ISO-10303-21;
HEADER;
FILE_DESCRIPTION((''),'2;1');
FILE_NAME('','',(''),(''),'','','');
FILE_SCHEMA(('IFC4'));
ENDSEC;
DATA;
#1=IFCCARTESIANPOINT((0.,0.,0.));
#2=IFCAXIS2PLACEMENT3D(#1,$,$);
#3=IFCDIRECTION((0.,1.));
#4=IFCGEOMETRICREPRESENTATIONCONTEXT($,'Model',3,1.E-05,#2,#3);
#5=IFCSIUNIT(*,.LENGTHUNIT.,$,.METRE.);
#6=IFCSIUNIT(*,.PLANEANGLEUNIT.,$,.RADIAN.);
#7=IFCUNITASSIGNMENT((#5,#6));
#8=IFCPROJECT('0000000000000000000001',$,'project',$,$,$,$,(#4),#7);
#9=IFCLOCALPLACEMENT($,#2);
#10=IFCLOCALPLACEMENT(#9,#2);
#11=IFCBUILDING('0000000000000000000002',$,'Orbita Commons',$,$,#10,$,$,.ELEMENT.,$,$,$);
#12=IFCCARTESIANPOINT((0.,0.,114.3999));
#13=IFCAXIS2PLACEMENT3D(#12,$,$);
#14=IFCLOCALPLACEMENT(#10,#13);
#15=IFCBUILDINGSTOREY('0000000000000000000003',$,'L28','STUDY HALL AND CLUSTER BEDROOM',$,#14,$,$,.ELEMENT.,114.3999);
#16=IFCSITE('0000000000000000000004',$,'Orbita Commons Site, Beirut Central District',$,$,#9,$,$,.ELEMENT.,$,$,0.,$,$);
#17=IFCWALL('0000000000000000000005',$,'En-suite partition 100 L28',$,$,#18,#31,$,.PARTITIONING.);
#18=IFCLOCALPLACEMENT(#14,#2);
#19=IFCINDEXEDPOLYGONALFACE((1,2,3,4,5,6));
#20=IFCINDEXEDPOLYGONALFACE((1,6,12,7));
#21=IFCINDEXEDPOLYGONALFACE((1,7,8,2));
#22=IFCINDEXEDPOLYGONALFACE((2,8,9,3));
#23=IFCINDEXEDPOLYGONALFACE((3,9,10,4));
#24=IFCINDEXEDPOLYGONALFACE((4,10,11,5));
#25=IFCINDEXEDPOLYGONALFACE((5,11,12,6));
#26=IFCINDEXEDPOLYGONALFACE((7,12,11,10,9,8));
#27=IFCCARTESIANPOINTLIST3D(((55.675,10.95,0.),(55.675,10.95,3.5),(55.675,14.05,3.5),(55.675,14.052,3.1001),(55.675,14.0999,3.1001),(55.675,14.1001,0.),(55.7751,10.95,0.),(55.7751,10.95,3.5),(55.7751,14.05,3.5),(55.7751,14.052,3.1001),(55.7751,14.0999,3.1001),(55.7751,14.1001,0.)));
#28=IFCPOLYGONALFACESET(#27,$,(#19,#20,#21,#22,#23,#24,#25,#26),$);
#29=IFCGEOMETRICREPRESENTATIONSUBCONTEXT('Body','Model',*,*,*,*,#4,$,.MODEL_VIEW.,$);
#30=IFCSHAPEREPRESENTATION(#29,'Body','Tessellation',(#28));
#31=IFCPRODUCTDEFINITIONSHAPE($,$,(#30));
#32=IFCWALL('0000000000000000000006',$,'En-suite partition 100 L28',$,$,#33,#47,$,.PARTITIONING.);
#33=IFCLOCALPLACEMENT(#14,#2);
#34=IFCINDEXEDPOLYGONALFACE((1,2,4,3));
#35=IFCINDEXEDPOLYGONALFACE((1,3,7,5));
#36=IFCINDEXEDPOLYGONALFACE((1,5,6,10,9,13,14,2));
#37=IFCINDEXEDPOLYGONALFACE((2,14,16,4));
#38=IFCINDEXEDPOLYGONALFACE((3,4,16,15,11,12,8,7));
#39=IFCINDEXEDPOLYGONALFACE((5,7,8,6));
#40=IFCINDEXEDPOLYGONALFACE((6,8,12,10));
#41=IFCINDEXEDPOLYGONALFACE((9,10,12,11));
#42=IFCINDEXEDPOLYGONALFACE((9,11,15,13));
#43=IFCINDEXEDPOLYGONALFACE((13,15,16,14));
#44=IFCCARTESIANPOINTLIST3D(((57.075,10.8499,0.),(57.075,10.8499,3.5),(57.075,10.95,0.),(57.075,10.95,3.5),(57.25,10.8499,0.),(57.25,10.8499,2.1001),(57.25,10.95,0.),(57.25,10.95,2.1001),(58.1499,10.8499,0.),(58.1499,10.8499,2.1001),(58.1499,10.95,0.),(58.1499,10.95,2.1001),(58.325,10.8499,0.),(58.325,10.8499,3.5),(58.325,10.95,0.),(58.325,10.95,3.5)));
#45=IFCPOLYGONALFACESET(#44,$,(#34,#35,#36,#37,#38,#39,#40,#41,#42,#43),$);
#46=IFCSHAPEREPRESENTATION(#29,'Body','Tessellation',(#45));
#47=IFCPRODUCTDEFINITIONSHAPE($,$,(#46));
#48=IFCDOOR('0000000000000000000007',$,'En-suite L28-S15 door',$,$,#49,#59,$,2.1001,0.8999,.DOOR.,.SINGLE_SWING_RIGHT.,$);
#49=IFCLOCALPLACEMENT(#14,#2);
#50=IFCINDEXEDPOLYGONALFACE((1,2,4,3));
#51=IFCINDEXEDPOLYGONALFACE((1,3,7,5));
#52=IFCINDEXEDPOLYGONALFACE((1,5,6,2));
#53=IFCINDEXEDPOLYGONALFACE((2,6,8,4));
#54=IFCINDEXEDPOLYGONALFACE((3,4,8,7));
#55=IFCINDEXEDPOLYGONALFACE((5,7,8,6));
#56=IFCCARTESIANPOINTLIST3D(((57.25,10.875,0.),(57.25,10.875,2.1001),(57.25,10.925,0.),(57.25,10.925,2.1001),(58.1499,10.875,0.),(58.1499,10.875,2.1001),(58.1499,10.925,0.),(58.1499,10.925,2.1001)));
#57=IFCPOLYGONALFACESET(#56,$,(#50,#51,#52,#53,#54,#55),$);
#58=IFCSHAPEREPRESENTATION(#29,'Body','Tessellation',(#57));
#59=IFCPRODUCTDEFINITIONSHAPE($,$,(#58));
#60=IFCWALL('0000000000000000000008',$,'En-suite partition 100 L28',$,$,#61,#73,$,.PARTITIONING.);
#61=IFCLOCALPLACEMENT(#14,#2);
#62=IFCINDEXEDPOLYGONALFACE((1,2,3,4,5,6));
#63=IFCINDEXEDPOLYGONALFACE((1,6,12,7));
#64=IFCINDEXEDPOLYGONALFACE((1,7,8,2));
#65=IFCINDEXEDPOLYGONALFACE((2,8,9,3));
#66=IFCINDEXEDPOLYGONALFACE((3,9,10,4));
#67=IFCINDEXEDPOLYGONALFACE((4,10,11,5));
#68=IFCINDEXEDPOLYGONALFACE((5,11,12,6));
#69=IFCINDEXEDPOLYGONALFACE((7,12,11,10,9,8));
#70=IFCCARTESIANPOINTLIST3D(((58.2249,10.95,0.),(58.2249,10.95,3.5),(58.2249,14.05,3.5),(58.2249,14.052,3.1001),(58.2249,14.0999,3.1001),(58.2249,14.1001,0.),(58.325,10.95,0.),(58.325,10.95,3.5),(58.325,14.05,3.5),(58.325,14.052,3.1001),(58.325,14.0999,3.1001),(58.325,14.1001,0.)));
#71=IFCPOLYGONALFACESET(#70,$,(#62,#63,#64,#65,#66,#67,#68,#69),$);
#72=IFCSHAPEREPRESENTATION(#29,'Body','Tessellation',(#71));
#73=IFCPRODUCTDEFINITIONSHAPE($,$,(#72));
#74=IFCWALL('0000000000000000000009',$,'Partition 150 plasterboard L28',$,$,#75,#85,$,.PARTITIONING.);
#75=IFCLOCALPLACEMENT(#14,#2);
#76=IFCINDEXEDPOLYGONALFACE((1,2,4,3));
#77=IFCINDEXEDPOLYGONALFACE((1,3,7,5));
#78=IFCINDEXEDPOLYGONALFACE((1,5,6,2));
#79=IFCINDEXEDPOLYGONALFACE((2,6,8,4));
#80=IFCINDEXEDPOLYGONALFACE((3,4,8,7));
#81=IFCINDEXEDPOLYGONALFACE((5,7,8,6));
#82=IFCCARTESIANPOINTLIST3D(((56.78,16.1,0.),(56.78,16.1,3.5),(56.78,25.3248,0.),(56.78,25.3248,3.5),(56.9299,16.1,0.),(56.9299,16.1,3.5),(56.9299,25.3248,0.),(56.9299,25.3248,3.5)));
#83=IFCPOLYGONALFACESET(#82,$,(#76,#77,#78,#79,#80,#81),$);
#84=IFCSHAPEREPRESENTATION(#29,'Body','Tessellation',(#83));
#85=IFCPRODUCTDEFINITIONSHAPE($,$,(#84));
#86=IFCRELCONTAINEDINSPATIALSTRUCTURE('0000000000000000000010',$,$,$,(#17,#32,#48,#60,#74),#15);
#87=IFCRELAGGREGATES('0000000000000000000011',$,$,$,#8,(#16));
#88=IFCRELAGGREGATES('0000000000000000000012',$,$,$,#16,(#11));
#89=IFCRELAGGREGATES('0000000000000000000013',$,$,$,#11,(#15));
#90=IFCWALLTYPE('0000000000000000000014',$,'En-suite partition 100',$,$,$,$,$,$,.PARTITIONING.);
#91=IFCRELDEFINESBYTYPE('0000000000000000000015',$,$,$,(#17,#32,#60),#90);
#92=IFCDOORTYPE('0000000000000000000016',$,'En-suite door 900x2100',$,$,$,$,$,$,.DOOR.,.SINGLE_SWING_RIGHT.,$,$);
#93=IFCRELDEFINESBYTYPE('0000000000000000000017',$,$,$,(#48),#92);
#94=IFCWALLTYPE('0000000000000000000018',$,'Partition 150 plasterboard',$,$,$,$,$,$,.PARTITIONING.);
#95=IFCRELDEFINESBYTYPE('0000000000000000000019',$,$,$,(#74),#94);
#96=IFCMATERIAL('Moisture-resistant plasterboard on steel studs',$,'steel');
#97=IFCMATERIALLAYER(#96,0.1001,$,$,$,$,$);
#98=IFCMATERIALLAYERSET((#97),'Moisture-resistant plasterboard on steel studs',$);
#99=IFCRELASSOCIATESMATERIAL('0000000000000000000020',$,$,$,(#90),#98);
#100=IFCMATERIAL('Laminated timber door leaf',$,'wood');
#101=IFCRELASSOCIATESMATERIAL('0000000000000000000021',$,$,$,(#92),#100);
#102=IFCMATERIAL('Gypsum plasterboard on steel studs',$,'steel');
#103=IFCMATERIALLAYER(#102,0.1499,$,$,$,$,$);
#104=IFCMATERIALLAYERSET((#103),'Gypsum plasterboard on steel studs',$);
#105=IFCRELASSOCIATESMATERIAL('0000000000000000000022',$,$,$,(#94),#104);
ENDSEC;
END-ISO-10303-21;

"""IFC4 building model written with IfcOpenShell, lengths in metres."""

from ifc_helpers import new_model, si_unit, direction, frame, frame_2d, origin, place, context, subcontext, project, spatial, polyline, rectangle, outline, extrude, material, layer, layer_set, type_object, element, fill, save


model = new_model("IFC4")

# Units and contexts
model_context = context("Model", 3, precision=1e-05, world=origin(), true_north=direction((0.0, 1.0)))
body_context = subcontext(model_context, "Body", "Model", "MODEL_VIEW")
ifc_project = project(units=[si_unit("LENGTHUNIT", "METRE"), si_unit("PLANEANGLEUNIT", "RADIAN")], contexts=[model_context])

# Site, building, storey
site_placement = place(None, origin())
site = spatial("IfcSite", under=ifc_project, at=site_placement, Name="Orbita Commons Site, Beirut Central District", CompositionType="ELEMENT", RefElevation=0.0)
building_placement = place(site_placement, origin())
building = spatial("IfcBuilding", under=site, at=building_placement, Name="Orbita Commons", CompositionType="ELEMENT")
storey_placement = place(building_placement, frame((0.0, 0.0, 114.3999)))
storey = spatial("IfcBuildingStorey", under=building, at=storey_placement, Name="L28", Description="STUDY HALL AND CLUSTER BEDROOM", CompositionType="ELEMENT", Elevation=114.3999)

# Wall
ifc_material_1 = material(Name="Moisture-resistant plasterboard on steel studs", Category="steel")
ifc_layer_1 = layer(ifc_material_1, 0.1001)
ifc_layer_set_1 = layer_set([ifc_layer_1], Name="Moisture-resistant plasterboard on steel studs")
wall_type_1 = type_object("IfcWallType", Name="En-suite partition 100", PredefinedType="PARTITIONING", material=ifc_layer_set_1)
wall_1_placement = place(storey_placement, frame((55.7251, 10.95, 0.0), z_axis=(0.0, 0.0, 1.0), x_axis=(0.0, 1.0, 0.0)))
element("IfcWall", 1, at=wall_1_placement, inside=storey, type_object=wall_type_1, Name="En-suite partition 100 L28", PredefinedType="PARTITIONING", context=body_context, shape_type="SweptSolid", body=[
    extrude(outline(polyline([(0.0, 0.0), (3.1501, 0.0), (3.1499, 3.1001), (3.1021, 3.1001), (3.1001, 3.5), (0.0, 3.5), (0.0, 0.0)])), frame((0.0, 0.05, 0.0), z_axis=(0.0, -1.0, 0.0), x_axis=(1.0, 0.0, 0.0)), (0.0, 0.0, 1.0), 0.1001),
])

# Wall, opening, door
wall_2_placement = place(storey_placement, frame((58.325, 10.8999, 0.0), z_axis=(0.0, 0.0, 1.0), x_axis=(-1.0, 0.0, 0.0)))
wall_2 = element("IfcWall", 2, at=wall_2_placement, inside=storey, type_object=wall_type_1, Name="En-suite partition 100 L28", PredefinedType="PARTITIONING", context=body_context, shape_type="SweptSolid", body=[
    extrude(rectangle(XDim=1.25, YDim=0.1001, at=frame_2d((0.625, 0.0))), origin(), (0.0, 0.0, 1.0), 3.5),
])
opening_1_placement = place(wall_2_placement, frame((0.175, 0.0, 0.0)))
opening_1 = element("IfcOpeningElement", 3, at=opening_1_placement, cuts=wall_2, PredefinedType="OPENING", context=body_context, shape_type="SweptSolid", body=[
    extrude(rectangle(XDim=0.8999, YDim=2.1001, at=frame_2d((0.45, 1.05))), frame((0.0, 0.0601, 0.0), z_axis=(0.0, -1.0, 0.0), x_axis=(1.0, 0.0, 0.0)), (0.0, 0.0, 1.0), 0.1201),
])
ifc_material_2 = material(Name="Laminated timber door leaf", Category="wood")
door_type_1 = type_object("IfcDoorType", Name="En-suite door 900x2100", OperationType="SINGLE_SWING_RIGHT", PredefinedType="DOOR", material=ifc_material_2)
door_1_placement = place(opening_1_placement, origin())
door_1 = element("IfcDoor", 4, at=door_1_placement, inside=storey, type_object=door_type_1, Name="En-suite L28-S15 door", OperationType="SINGLE_SWING_RIGHT", OverallHeight=2.1001, OverallWidth=0.8999, PredefinedType="DOOR", context=body_context, shape_type="SweptSolid", body=[
    extrude(rectangle(XDim=0.8999, YDim=2.1001, at=frame_2d((0.45, 1.05))), frame((0.0, 0.0249, 0.0), z_axis=(0.0, -1.0, 0.0), x_axis=(1.0, 0.0, 0.0)), (0.0, 0.0, 1.0), 0.05),
])
fill(opening_1, door_1)

# Walls
wall_3_placement = place(storey_placement, frame((58.2749, 10.95, 0.0), z_axis=(0.0, 0.0, 1.0), x_axis=(0.0, 1.0, 0.0)))
element("IfcWall", 5, at=wall_3_placement, inside=storey, type_object=wall_type_1, Name="En-suite partition 100 L28", PredefinedType="PARTITIONING", context=body_context, shape_type="SweptSolid", body=[
    extrude(outline(polyline([(0.0, 0.0), (3.1501, 0.0), (3.1499, 3.1001), (3.1021, 3.1001), (3.1001, 3.5), (0.0, 3.5), (0.0, 0.0)])), frame((0.0, 0.05, 0.0), z_axis=(0.0, -1.0, 0.0), x_axis=(1.0, 0.0, 0.0)), (0.0, 0.0, 1.0), 0.1001),
])
ifc_material_3 = material(Name="Gypsum plasterboard on steel studs", Category="steel")
ifc_layer_2 = layer(ifc_material_3, 0.1499)
ifc_layer_set_2 = layer_set([ifc_layer_2], Name="Gypsum plasterboard on steel studs")
wall_type_2 = type_object("IfcWallType", Name="Partition 150 plasterboard", PredefinedType="PARTITIONING", material=ifc_layer_set_2)
wall_4_placement = place(storey_placement, frame((56.855, 16.1001, 0.0), z_axis=(0.0, 0.0, 1.0), x_axis=(0.0, 1.0, 0.0)))
element("IfcWall", 6, at=wall_4_placement, inside=storey, type_object=wall_type_2, Name="Partition 150 plasterboard L28", PredefinedType="PARTITIONING", context=body_context, shape_type="SweptSolid", body=[
    extrude(rectangle(XDim=9.2249, YDim=0.1499, at=frame_2d((4.6123, 0.0))), origin(), (0.0, 0.0, 1.0), 3.5),
])

save(model, "model.ifc")
